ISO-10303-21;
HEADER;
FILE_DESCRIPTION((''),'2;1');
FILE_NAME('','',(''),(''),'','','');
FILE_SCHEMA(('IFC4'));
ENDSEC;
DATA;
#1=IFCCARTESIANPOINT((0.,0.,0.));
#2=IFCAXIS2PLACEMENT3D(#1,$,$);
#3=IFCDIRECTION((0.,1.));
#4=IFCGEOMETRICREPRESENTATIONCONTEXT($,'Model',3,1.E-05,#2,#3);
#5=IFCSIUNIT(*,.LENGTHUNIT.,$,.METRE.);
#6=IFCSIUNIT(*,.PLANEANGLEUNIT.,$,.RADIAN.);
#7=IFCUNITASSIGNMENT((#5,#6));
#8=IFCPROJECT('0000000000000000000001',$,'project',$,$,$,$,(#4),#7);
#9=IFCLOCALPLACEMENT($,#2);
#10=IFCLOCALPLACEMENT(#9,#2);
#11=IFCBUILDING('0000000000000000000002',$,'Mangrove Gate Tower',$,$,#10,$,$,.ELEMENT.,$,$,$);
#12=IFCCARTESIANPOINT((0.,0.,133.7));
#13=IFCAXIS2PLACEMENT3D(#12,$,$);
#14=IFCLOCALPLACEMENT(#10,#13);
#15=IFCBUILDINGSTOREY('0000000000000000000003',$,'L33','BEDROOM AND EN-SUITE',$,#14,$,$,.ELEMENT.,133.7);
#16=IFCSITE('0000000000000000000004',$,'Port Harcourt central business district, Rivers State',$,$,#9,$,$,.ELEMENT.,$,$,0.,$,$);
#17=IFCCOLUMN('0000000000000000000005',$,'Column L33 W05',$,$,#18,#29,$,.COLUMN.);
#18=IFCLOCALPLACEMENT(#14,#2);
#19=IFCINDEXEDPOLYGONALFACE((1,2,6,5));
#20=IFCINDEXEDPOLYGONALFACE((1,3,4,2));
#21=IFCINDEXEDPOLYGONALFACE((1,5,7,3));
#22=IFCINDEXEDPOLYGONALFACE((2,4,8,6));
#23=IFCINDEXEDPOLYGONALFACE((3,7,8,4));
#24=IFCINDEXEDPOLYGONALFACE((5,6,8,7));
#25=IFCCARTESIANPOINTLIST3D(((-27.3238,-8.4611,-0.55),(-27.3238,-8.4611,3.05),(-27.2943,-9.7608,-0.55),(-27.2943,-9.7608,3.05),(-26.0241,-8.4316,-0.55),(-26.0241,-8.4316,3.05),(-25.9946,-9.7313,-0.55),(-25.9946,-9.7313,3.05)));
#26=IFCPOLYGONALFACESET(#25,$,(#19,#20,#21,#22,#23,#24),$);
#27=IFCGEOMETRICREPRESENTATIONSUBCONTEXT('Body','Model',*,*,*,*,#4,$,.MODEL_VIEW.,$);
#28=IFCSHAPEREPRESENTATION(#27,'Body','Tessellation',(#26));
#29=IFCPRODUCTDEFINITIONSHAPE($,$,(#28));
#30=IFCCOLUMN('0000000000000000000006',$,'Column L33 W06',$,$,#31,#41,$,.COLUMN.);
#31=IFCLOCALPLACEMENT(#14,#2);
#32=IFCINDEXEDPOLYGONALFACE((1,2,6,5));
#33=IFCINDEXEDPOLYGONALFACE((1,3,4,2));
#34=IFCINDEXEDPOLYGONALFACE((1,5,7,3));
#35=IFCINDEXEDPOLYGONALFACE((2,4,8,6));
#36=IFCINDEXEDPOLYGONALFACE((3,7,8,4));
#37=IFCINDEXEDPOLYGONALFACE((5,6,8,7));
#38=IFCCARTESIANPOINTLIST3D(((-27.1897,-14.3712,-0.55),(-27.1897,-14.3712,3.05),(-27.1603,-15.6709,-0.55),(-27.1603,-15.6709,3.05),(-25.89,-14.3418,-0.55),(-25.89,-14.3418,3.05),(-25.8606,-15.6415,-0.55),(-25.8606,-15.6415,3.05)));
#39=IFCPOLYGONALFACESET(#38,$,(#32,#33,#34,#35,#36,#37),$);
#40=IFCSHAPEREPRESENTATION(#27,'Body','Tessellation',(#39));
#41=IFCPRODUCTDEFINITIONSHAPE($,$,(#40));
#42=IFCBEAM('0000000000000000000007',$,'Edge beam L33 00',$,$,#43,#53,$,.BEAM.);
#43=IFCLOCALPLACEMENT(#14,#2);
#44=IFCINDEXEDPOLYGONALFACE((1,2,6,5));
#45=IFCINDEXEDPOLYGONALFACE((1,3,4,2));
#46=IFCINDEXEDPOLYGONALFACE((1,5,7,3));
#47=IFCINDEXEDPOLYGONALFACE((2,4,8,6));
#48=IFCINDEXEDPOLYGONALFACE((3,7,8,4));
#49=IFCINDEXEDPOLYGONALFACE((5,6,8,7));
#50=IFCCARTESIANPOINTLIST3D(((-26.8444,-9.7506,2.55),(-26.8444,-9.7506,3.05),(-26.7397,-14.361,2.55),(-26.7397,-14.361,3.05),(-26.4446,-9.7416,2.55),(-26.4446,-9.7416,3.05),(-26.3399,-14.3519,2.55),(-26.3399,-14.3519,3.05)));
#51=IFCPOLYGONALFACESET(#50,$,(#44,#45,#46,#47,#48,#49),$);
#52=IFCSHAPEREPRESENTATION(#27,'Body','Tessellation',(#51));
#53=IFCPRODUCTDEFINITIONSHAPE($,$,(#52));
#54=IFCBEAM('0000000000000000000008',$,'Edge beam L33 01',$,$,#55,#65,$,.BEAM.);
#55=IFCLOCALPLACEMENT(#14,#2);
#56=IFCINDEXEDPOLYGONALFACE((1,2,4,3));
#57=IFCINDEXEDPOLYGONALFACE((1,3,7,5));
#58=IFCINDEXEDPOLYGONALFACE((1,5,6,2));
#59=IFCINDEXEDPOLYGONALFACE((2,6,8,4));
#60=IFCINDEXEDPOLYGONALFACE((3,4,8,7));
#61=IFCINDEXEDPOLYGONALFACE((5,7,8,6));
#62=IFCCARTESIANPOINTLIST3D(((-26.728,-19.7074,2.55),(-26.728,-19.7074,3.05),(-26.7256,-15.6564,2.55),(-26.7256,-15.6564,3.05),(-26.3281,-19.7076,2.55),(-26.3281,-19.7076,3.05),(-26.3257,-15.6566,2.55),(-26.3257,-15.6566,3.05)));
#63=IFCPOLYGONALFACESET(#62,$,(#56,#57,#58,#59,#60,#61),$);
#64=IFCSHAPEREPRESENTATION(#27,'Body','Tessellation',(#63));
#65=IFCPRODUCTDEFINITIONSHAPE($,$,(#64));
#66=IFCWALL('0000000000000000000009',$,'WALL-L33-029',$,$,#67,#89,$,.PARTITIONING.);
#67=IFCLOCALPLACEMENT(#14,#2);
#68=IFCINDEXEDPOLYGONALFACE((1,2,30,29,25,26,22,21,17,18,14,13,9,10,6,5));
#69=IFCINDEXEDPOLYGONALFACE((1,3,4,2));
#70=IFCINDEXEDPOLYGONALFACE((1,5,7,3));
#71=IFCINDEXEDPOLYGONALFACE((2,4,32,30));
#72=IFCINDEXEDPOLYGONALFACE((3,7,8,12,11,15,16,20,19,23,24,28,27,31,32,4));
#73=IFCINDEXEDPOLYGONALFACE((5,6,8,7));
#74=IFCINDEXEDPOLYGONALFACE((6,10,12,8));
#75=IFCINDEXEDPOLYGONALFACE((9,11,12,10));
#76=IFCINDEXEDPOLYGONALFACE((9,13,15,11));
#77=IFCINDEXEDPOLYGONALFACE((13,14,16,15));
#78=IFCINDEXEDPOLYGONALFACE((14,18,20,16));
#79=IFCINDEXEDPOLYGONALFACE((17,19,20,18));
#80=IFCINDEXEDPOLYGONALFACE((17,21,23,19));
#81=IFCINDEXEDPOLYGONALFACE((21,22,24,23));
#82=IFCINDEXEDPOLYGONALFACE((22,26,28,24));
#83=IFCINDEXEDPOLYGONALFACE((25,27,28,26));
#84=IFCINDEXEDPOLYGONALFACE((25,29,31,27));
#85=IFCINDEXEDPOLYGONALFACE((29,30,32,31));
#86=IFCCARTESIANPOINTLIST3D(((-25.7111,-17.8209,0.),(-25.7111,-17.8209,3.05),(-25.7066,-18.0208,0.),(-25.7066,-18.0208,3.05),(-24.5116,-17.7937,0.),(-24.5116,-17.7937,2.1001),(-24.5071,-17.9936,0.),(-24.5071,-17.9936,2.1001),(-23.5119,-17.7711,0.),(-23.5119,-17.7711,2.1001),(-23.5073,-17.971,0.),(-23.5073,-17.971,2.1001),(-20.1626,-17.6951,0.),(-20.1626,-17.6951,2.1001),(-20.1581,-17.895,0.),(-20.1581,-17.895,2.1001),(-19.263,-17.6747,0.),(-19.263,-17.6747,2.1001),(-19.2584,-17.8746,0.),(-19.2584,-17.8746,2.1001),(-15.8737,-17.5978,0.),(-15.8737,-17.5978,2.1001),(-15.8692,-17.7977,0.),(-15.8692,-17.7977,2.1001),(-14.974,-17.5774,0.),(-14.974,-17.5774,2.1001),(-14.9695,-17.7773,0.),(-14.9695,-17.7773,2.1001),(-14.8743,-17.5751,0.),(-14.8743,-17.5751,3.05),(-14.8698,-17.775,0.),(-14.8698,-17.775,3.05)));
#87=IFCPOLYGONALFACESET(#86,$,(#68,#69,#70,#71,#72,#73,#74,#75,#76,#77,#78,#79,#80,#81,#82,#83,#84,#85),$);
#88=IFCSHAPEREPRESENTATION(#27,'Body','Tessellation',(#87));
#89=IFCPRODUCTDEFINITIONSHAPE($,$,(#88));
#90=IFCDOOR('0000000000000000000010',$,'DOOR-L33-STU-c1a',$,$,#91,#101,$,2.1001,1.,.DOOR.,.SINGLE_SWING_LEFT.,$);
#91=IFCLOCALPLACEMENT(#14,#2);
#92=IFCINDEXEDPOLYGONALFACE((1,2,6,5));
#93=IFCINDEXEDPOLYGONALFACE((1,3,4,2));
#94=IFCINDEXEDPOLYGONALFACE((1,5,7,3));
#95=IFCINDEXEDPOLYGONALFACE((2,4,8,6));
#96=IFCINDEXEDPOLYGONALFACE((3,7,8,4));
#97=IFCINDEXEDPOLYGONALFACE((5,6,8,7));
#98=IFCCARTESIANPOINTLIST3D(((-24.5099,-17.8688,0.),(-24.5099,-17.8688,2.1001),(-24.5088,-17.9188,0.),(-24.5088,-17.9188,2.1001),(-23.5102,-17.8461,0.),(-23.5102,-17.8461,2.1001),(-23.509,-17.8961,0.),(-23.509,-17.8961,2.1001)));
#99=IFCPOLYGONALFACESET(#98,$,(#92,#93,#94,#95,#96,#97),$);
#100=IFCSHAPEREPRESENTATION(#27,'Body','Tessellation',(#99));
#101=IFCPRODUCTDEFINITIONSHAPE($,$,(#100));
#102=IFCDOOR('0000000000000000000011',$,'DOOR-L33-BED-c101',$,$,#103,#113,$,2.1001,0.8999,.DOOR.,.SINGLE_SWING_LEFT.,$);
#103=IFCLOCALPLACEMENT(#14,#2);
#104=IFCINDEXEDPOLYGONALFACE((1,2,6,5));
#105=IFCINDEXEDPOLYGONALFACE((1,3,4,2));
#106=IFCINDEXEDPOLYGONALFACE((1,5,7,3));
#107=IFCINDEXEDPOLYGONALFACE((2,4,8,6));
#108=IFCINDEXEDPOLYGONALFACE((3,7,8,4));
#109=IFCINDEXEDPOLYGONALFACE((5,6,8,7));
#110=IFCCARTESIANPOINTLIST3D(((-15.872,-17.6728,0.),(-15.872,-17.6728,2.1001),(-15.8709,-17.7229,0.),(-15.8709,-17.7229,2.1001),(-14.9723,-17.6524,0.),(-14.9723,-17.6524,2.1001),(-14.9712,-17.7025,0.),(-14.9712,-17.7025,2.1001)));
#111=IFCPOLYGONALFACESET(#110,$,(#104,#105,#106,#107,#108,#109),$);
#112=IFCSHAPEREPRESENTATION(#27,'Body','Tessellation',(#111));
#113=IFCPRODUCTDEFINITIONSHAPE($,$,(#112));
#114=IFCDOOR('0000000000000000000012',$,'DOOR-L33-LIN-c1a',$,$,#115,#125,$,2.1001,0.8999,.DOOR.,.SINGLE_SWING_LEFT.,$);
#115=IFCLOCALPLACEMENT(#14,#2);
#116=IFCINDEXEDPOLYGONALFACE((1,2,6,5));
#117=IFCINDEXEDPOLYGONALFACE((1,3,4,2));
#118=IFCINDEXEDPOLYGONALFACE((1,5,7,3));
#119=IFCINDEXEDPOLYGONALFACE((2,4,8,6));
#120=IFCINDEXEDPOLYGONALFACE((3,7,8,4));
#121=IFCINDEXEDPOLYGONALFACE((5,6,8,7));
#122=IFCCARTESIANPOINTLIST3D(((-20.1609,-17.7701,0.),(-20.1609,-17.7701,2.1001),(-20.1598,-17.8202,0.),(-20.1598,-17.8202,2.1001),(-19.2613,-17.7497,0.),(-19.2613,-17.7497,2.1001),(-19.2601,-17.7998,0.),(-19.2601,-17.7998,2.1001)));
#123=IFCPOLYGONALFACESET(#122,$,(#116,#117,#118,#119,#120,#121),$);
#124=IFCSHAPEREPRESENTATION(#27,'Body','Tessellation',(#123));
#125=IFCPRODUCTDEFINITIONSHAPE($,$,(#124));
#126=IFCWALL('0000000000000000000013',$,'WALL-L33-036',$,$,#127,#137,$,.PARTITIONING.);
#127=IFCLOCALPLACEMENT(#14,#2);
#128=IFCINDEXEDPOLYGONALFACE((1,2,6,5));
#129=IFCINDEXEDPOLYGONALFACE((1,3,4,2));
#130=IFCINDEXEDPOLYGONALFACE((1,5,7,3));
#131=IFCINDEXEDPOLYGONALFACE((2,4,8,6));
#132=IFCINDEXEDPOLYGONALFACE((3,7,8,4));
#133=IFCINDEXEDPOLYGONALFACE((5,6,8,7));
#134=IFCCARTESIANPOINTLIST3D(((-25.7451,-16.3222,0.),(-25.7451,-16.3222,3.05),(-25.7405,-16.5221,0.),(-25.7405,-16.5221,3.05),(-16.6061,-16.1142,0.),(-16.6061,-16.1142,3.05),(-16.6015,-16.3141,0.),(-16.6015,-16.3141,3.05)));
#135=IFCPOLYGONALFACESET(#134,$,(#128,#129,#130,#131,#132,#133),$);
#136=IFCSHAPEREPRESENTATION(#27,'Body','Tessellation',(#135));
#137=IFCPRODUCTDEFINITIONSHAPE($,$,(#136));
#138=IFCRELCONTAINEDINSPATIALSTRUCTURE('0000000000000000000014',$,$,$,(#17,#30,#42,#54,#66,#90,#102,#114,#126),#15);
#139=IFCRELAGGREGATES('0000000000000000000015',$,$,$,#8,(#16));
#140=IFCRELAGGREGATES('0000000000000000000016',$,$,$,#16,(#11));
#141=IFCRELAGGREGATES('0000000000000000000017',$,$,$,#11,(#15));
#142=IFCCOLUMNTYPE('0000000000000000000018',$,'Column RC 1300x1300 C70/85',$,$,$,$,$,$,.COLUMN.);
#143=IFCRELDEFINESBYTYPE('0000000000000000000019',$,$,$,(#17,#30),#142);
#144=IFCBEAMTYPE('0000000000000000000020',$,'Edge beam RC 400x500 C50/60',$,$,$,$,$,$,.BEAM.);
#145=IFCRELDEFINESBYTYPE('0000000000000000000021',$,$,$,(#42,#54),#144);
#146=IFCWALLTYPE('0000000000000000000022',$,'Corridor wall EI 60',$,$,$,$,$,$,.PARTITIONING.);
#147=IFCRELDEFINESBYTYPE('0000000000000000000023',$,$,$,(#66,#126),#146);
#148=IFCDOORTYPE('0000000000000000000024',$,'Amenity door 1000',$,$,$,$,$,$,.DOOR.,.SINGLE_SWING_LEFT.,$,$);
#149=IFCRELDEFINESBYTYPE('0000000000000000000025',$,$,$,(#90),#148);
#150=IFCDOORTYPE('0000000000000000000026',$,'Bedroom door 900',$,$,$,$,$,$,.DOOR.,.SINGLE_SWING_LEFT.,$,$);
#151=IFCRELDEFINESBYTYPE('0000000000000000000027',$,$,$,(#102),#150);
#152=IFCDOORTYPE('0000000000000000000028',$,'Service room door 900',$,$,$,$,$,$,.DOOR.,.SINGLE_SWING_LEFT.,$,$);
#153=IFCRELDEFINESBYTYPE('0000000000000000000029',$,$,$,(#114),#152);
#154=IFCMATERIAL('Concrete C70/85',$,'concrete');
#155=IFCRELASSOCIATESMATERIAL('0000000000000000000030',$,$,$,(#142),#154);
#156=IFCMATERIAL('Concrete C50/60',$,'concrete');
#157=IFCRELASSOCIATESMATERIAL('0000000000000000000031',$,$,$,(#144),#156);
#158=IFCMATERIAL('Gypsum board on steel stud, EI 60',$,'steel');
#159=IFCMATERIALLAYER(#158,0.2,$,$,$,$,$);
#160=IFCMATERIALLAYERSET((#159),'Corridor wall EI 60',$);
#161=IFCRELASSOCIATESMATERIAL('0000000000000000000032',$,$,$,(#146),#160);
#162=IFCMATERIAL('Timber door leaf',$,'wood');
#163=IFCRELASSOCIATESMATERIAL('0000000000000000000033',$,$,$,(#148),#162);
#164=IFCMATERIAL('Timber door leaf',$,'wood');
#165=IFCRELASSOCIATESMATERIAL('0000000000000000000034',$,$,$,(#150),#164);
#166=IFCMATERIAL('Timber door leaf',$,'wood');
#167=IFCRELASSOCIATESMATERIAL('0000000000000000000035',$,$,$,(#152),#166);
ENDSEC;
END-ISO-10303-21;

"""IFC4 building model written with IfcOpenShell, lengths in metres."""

from ifc_helpers import new_model, si_unit, direction, frame, frame_2d, origin, origin_2d, place, context, subcontext, project, spatial, rectangle, extrude, material, layer, layer_set, material_profile, profile_set, type_object, element, fill, save


model = new_model("IFC4")

# Units and contexts
model_context = context("Model", 3, precision=1e-05, world=origin(), true_north=direction((0.0, 1.0)))
body_context = subcontext(model_context, "Body", "Model", "MODEL_VIEW")
ifc_project = project(units=[si_unit("LENGTHUNIT", "METRE"), si_unit("PLANEANGLEUNIT", "RADIAN")], contexts=[model_context])

# Site, building, storey
site_placement = place(None, origin())
site = spatial("IfcSite", under=ifc_project, at=site_placement, Name="Port Harcourt central business district, Rivers State", CompositionType="ELEMENT", RefElevation=0.0)
building_placement = place(site_placement, origin())
building = spatial("IfcBuilding", under=site, at=building_placement, Name="Mangrove Gate Tower", CompositionType="ELEMENT")
storey_placement = place(building_placement, frame((0.0, 0.0, 133.7)))
storey = spatial("IfcBuildingStorey", under=building, at=storey_placement, Name="L33", Description="BEDROOM AND EN-SUITE", CompositionType="ELEMENT", Elevation=133.7)

# Columns
ifc_material_1 = material(Name="Concrete C70/85", Category="concrete")
ifc_material_profile_1 = material_profile(ifc_material_1, rectangle(XDim=1.3, YDim=1.3, at=origin_2d()))
ifc_profile_set_1 = profile_set([ifc_material_profile_1], Name="Concrete C70/85")
column_type = type_object("IfcColumnType", Name="Column RC 1300x1300 C70/85", PredefinedType="COLUMN", material=ifc_profile_set_1)
for number, where, z_axis, x_axis, name in (
    (1, (-26.6592, -9.0962, -0.55), (0.0, 0.0, 1.0), (0.022682, -0.999743, 0.0), "Column L33 W05"),
    (2, (-26.5251, -15.0063, -0.55), (0.0, 0.0, 1.0), (0.022666, -0.999743, 0.0), "Column L33 W06"),
):
    element("IfcColumn", number, at=place(storey_placement, frame(where, z_axis=z_axis, x_axis=x_axis)), inside=storey, type_object=column_type, Name=name, PredefinedType="COLUMN", context=body_context, shape_type="SweptSolid", body=[
        extrude(rectangle(XDim=1.3, YDim=1.3, at=origin_2d()), origin(), (0.0, 0.0, 1.0), 3.6001),
    ])

# Beams
ifc_material_2 = material(Name="Concrete C50/60", Category="concrete")
ifc_material_profile_2 = material_profile(ifc_material_2, rectangle(XDim=0.3999, YDim=0.5, at=origin_2d()))
ifc_profile_set_2 = profile_set([ifc_material_profile_2], Name="Concrete C50/60")
beam_type = type_object("IfcBeamType", Name="Edge beam RC 400x500 C50/60", PredefinedType="BEAM", material=ifc_profile_set_2)
beam_1_placement = place(storey_placement, frame((-26.6445, -9.7461, 2.8), z_axis=(0.022712, -0.999742, 0.0), x_axis=(0.999742, 0.022712, 0.0)))
element("IfcBeam", 3, at=beam_1_placement, inside=storey, type_object=beam_type, Name="Edge beam L33 00", PredefinedType="BEAM", context=body_context, shape_type="SweptSolid", body=[
    extrude(rectangle(XDim=0.3999, YDim=0.5, at=origin_2d()), origin(), (0.0, 0.0, 1.0), 4.6116),
])
beam_2_placement = place(storey_placement, frame((-26.5256, -15.6565, 2.8), z_axis=(-0.000603, -1.0, 0.0), x_axis=(1.0, -0.000603, 0.0)))
element("IfcBeam", 4, at=beam_2_placement, inside=storey, type_object=beam_type, Name="Edge beam L33 01", PredefinedType="BEAM", context=body_context, shape_type="SweptSolid", body=[
    extrude(rectangle(XDim=0.3999, YDim=0.5, at=origin_2d()), origin(), (0.0, 0.0, 1.0), 4.051),
])

# Wall, openings, doors
ifc_material_3 = material(Name="Gypsum board on steel stud, EI 60", Category="steel")
ifc_layer_1 = layer(ifc_material_3, 0.2)
ifc_layer_set_1 = layer_set([ifc_layer_1], Name="Corridor wall EI 60")
wall_type_1 = type_object("IfcWallType", Name="Corridor wall EI 60", PredefinedType="PARTITIONING", material=ifc_layer_set_1)
wall_1_placement = place(storey_placement, frame((-25.709, -17.9209, 0.0), z_axis=(0.0, 0.0, 1.0), x_axis=(0.999743, 0.02268, 0.0)))
wall_1 = element("IfcWall", 5, at=wall_1_placement, inside=storey, type_object=wall_type_1, Name="WALL-L33-029", PredefinedType="PARTITIONING", context=body_context, shape_type="SweptSolid", body=[
    extrude(rectangle(XDim=10.8396, YDim=0.2, at=frame_2d((5.4199, 0.0))), origin(), (0.0, 0.0, 1.0), 3.05),
])
opening_1_placement = place(wall_1_placement, frame((1.2, 0.0, 0.0)))
opening_1 = element("IfcOpeningElement", 6, at=opening_1_placement, cuts=wall_1, PredefinedType="OPENING", context=body_context, shape_type="SweptSolid", body=[
    extrude(rectangle(XDim=1.0, YDim=2.1001, at=frame_2d((0.5, 1.05))), frame((0.0, 0.1099, 0.0), z_axis=(0.0, -1.0, 0.0), x_axis=(1.0, 0.0, 0.0)), (0.0, 0.0, 1.0), 0.22),
])
opening_2_placement = place(wall_1_placement, frame((5.55, 0.0, 0.0)))
opening_2 = element("IfcOpeningElement", 7, at=opening_2_placement, cuts=wall_1, PredefinedType="OPENING", context=body_context, shape_type="SweptSolid", body=[
    extrude(rectangle(XDim=0.8999, YDim=2.1001, at=frame_2d((0.45, 1.05))), frame((0.0, 0.1099, 0.0), z_axis=(0.0, -1.0, 0.0), x_axis=(1.0, 0.0, 0.0)), (0.0, 0.0, 1.0), 0.22),
])
opening_3_placement = place(wall_1_placement, frame((9.8401, 0.0, 0.0)))
opening_3 = element("IfcOpeningElement", 8, at=opening_3_placement, cuts=wall_1, PredefinedType="OPENING", context=body_context, shape_type="SweptSolid", body=[
    extrude(rectangle(XDim=0.8999, YDim=2.1001, at=frame_2d((0.45, 1.05))), frame((0.0, 0.1099, 0.0), z_axis=(0.0, -1.0, 0.0), x_axis=(1.0, 0.0, 0.0)), (0.0, 0.0, 1.0), 0.22),
])
ifc_material_4 = material(Name="Timber door leaf", Category="wood")
door_type_1 = type_object("IfcDoorType", Name="Amenity door 1000", OperationType="SINGLE_SWING_LEFT", PredefinedType="DOOR", material=ifc_material_4)
door_1_placement = place(opening_1_placement, origin())
door_1 = element("IfcDoor", 9, at=door_1_placement, inside=storey, type_object=door_type_1, Name="DOOR-L33-STU-c1a", OperationType="SINGLE_SWING_LEFT", OverallHeight=2.1001, OverallWidth=1.0, PredefinedType="DOOR", context=body_context, shape_type="SweptSolid", body=[
    extrude(rectangle(XDim=1.0, YDim=2.1001, at=frame_2d((0.5, 1.05))), frame((0.0, 0.0249, 0.0), z_axis=(0.0, -1.0, 0.0), x_axis=(1.0, 0.0, 0.0)), (0.0, 0.0, 1.0), 0.05),
])
fill(opening_1, door_1)
ifc_material_5 = material(Name="Timber door leaf", Category="wood")
door_type_2 = type_object("IfcDoorType", Name="Bedroom door 900", OperationType="SINGLE_SWING_LEFT", PredefinedType="DOOR", material=ifc_material_5)
door_2_placement = place(opening_3_placement, origin())
door_2 = element("IfcDoor", 10, at=door_2_placement, inside=storey, type_object=door_type_2, Name="DOOR-L33-BED-c101", OperationType="SINGLE_SWING_LEFT", OverallHeight=2.1001, OverallWidth=0.8999, PredefinedType="DOOR", context=body_context, shape_type="SweptSolid", body=[
    extrude(rectangle(XDim=0.8999, YDim=2.1001, at=frame_2d((0.45, 1.05))), frame((0.0, 0.0249, 0.0), z_axis=(0.0, -1.0, 0.0), x_axis=(1.0, 0.0, 0.0)), (0.0, 0.0, 1.0), 0.05),
])
fill(opening_3, door_2)
ifc_material_6 = material(Name="Timber door leaf", Category="wood")
door_type_3 = type_object("IfcDoorType", Name="Service room door 900", OperationType="SINGLE_SWING_LEFT", PredefinedType="DOOR", material=ifc_material_6)
door_3_placement = place(opening_2_placement, origin())
door_3 = element("IfcDoor", 11, at=door_3_placement, inside=storey, type_object=door_type_3, Name="DOOR-L33-LIN-c1a", OperationType="SINGLE_SWING_LEFT", OverallHeight=2.1001, OverallWidth=0.8999, PredefinedType="DOOR", context=body_context, shape_type="SweptSolid", body=[
    extrude(rectangle(XDim=0.8999, YDim=2.1001, at=frame_2d((0.45, 1.05))), frame((0.0, 0.0249, 0.0), z_axis=(0.0, -1.0, 0.0), x_axis=(1.0, 0.0, 0.0)), (0.0, 0.0, 1.0), 0.05),
])
fill(opening_2, door_3)

# Wall
wall_2_placement = place(storey_placement, frame((-25.7429, -16.4221, 0.0), z_axis=(0.0, 0.0, 1.0), x_axis=(0.999741, 0.022755, 0.0)))
element("IfcWall", 12, at=wall_2_placement, inside=storey, type_object=wall_type_1, Name="WALL-L33-036", PredefinedType="PARTITIONING", context=body_context, shape_type="SweptSolid", body=[
    extrude(rectangle(XDim=9.1414, YDim=0.2, at=frame_2d((4.5708, 0.0))), origin(), (0.0, 0.0, 1.0), 3.05),
])

save(model, "model.ifc")
